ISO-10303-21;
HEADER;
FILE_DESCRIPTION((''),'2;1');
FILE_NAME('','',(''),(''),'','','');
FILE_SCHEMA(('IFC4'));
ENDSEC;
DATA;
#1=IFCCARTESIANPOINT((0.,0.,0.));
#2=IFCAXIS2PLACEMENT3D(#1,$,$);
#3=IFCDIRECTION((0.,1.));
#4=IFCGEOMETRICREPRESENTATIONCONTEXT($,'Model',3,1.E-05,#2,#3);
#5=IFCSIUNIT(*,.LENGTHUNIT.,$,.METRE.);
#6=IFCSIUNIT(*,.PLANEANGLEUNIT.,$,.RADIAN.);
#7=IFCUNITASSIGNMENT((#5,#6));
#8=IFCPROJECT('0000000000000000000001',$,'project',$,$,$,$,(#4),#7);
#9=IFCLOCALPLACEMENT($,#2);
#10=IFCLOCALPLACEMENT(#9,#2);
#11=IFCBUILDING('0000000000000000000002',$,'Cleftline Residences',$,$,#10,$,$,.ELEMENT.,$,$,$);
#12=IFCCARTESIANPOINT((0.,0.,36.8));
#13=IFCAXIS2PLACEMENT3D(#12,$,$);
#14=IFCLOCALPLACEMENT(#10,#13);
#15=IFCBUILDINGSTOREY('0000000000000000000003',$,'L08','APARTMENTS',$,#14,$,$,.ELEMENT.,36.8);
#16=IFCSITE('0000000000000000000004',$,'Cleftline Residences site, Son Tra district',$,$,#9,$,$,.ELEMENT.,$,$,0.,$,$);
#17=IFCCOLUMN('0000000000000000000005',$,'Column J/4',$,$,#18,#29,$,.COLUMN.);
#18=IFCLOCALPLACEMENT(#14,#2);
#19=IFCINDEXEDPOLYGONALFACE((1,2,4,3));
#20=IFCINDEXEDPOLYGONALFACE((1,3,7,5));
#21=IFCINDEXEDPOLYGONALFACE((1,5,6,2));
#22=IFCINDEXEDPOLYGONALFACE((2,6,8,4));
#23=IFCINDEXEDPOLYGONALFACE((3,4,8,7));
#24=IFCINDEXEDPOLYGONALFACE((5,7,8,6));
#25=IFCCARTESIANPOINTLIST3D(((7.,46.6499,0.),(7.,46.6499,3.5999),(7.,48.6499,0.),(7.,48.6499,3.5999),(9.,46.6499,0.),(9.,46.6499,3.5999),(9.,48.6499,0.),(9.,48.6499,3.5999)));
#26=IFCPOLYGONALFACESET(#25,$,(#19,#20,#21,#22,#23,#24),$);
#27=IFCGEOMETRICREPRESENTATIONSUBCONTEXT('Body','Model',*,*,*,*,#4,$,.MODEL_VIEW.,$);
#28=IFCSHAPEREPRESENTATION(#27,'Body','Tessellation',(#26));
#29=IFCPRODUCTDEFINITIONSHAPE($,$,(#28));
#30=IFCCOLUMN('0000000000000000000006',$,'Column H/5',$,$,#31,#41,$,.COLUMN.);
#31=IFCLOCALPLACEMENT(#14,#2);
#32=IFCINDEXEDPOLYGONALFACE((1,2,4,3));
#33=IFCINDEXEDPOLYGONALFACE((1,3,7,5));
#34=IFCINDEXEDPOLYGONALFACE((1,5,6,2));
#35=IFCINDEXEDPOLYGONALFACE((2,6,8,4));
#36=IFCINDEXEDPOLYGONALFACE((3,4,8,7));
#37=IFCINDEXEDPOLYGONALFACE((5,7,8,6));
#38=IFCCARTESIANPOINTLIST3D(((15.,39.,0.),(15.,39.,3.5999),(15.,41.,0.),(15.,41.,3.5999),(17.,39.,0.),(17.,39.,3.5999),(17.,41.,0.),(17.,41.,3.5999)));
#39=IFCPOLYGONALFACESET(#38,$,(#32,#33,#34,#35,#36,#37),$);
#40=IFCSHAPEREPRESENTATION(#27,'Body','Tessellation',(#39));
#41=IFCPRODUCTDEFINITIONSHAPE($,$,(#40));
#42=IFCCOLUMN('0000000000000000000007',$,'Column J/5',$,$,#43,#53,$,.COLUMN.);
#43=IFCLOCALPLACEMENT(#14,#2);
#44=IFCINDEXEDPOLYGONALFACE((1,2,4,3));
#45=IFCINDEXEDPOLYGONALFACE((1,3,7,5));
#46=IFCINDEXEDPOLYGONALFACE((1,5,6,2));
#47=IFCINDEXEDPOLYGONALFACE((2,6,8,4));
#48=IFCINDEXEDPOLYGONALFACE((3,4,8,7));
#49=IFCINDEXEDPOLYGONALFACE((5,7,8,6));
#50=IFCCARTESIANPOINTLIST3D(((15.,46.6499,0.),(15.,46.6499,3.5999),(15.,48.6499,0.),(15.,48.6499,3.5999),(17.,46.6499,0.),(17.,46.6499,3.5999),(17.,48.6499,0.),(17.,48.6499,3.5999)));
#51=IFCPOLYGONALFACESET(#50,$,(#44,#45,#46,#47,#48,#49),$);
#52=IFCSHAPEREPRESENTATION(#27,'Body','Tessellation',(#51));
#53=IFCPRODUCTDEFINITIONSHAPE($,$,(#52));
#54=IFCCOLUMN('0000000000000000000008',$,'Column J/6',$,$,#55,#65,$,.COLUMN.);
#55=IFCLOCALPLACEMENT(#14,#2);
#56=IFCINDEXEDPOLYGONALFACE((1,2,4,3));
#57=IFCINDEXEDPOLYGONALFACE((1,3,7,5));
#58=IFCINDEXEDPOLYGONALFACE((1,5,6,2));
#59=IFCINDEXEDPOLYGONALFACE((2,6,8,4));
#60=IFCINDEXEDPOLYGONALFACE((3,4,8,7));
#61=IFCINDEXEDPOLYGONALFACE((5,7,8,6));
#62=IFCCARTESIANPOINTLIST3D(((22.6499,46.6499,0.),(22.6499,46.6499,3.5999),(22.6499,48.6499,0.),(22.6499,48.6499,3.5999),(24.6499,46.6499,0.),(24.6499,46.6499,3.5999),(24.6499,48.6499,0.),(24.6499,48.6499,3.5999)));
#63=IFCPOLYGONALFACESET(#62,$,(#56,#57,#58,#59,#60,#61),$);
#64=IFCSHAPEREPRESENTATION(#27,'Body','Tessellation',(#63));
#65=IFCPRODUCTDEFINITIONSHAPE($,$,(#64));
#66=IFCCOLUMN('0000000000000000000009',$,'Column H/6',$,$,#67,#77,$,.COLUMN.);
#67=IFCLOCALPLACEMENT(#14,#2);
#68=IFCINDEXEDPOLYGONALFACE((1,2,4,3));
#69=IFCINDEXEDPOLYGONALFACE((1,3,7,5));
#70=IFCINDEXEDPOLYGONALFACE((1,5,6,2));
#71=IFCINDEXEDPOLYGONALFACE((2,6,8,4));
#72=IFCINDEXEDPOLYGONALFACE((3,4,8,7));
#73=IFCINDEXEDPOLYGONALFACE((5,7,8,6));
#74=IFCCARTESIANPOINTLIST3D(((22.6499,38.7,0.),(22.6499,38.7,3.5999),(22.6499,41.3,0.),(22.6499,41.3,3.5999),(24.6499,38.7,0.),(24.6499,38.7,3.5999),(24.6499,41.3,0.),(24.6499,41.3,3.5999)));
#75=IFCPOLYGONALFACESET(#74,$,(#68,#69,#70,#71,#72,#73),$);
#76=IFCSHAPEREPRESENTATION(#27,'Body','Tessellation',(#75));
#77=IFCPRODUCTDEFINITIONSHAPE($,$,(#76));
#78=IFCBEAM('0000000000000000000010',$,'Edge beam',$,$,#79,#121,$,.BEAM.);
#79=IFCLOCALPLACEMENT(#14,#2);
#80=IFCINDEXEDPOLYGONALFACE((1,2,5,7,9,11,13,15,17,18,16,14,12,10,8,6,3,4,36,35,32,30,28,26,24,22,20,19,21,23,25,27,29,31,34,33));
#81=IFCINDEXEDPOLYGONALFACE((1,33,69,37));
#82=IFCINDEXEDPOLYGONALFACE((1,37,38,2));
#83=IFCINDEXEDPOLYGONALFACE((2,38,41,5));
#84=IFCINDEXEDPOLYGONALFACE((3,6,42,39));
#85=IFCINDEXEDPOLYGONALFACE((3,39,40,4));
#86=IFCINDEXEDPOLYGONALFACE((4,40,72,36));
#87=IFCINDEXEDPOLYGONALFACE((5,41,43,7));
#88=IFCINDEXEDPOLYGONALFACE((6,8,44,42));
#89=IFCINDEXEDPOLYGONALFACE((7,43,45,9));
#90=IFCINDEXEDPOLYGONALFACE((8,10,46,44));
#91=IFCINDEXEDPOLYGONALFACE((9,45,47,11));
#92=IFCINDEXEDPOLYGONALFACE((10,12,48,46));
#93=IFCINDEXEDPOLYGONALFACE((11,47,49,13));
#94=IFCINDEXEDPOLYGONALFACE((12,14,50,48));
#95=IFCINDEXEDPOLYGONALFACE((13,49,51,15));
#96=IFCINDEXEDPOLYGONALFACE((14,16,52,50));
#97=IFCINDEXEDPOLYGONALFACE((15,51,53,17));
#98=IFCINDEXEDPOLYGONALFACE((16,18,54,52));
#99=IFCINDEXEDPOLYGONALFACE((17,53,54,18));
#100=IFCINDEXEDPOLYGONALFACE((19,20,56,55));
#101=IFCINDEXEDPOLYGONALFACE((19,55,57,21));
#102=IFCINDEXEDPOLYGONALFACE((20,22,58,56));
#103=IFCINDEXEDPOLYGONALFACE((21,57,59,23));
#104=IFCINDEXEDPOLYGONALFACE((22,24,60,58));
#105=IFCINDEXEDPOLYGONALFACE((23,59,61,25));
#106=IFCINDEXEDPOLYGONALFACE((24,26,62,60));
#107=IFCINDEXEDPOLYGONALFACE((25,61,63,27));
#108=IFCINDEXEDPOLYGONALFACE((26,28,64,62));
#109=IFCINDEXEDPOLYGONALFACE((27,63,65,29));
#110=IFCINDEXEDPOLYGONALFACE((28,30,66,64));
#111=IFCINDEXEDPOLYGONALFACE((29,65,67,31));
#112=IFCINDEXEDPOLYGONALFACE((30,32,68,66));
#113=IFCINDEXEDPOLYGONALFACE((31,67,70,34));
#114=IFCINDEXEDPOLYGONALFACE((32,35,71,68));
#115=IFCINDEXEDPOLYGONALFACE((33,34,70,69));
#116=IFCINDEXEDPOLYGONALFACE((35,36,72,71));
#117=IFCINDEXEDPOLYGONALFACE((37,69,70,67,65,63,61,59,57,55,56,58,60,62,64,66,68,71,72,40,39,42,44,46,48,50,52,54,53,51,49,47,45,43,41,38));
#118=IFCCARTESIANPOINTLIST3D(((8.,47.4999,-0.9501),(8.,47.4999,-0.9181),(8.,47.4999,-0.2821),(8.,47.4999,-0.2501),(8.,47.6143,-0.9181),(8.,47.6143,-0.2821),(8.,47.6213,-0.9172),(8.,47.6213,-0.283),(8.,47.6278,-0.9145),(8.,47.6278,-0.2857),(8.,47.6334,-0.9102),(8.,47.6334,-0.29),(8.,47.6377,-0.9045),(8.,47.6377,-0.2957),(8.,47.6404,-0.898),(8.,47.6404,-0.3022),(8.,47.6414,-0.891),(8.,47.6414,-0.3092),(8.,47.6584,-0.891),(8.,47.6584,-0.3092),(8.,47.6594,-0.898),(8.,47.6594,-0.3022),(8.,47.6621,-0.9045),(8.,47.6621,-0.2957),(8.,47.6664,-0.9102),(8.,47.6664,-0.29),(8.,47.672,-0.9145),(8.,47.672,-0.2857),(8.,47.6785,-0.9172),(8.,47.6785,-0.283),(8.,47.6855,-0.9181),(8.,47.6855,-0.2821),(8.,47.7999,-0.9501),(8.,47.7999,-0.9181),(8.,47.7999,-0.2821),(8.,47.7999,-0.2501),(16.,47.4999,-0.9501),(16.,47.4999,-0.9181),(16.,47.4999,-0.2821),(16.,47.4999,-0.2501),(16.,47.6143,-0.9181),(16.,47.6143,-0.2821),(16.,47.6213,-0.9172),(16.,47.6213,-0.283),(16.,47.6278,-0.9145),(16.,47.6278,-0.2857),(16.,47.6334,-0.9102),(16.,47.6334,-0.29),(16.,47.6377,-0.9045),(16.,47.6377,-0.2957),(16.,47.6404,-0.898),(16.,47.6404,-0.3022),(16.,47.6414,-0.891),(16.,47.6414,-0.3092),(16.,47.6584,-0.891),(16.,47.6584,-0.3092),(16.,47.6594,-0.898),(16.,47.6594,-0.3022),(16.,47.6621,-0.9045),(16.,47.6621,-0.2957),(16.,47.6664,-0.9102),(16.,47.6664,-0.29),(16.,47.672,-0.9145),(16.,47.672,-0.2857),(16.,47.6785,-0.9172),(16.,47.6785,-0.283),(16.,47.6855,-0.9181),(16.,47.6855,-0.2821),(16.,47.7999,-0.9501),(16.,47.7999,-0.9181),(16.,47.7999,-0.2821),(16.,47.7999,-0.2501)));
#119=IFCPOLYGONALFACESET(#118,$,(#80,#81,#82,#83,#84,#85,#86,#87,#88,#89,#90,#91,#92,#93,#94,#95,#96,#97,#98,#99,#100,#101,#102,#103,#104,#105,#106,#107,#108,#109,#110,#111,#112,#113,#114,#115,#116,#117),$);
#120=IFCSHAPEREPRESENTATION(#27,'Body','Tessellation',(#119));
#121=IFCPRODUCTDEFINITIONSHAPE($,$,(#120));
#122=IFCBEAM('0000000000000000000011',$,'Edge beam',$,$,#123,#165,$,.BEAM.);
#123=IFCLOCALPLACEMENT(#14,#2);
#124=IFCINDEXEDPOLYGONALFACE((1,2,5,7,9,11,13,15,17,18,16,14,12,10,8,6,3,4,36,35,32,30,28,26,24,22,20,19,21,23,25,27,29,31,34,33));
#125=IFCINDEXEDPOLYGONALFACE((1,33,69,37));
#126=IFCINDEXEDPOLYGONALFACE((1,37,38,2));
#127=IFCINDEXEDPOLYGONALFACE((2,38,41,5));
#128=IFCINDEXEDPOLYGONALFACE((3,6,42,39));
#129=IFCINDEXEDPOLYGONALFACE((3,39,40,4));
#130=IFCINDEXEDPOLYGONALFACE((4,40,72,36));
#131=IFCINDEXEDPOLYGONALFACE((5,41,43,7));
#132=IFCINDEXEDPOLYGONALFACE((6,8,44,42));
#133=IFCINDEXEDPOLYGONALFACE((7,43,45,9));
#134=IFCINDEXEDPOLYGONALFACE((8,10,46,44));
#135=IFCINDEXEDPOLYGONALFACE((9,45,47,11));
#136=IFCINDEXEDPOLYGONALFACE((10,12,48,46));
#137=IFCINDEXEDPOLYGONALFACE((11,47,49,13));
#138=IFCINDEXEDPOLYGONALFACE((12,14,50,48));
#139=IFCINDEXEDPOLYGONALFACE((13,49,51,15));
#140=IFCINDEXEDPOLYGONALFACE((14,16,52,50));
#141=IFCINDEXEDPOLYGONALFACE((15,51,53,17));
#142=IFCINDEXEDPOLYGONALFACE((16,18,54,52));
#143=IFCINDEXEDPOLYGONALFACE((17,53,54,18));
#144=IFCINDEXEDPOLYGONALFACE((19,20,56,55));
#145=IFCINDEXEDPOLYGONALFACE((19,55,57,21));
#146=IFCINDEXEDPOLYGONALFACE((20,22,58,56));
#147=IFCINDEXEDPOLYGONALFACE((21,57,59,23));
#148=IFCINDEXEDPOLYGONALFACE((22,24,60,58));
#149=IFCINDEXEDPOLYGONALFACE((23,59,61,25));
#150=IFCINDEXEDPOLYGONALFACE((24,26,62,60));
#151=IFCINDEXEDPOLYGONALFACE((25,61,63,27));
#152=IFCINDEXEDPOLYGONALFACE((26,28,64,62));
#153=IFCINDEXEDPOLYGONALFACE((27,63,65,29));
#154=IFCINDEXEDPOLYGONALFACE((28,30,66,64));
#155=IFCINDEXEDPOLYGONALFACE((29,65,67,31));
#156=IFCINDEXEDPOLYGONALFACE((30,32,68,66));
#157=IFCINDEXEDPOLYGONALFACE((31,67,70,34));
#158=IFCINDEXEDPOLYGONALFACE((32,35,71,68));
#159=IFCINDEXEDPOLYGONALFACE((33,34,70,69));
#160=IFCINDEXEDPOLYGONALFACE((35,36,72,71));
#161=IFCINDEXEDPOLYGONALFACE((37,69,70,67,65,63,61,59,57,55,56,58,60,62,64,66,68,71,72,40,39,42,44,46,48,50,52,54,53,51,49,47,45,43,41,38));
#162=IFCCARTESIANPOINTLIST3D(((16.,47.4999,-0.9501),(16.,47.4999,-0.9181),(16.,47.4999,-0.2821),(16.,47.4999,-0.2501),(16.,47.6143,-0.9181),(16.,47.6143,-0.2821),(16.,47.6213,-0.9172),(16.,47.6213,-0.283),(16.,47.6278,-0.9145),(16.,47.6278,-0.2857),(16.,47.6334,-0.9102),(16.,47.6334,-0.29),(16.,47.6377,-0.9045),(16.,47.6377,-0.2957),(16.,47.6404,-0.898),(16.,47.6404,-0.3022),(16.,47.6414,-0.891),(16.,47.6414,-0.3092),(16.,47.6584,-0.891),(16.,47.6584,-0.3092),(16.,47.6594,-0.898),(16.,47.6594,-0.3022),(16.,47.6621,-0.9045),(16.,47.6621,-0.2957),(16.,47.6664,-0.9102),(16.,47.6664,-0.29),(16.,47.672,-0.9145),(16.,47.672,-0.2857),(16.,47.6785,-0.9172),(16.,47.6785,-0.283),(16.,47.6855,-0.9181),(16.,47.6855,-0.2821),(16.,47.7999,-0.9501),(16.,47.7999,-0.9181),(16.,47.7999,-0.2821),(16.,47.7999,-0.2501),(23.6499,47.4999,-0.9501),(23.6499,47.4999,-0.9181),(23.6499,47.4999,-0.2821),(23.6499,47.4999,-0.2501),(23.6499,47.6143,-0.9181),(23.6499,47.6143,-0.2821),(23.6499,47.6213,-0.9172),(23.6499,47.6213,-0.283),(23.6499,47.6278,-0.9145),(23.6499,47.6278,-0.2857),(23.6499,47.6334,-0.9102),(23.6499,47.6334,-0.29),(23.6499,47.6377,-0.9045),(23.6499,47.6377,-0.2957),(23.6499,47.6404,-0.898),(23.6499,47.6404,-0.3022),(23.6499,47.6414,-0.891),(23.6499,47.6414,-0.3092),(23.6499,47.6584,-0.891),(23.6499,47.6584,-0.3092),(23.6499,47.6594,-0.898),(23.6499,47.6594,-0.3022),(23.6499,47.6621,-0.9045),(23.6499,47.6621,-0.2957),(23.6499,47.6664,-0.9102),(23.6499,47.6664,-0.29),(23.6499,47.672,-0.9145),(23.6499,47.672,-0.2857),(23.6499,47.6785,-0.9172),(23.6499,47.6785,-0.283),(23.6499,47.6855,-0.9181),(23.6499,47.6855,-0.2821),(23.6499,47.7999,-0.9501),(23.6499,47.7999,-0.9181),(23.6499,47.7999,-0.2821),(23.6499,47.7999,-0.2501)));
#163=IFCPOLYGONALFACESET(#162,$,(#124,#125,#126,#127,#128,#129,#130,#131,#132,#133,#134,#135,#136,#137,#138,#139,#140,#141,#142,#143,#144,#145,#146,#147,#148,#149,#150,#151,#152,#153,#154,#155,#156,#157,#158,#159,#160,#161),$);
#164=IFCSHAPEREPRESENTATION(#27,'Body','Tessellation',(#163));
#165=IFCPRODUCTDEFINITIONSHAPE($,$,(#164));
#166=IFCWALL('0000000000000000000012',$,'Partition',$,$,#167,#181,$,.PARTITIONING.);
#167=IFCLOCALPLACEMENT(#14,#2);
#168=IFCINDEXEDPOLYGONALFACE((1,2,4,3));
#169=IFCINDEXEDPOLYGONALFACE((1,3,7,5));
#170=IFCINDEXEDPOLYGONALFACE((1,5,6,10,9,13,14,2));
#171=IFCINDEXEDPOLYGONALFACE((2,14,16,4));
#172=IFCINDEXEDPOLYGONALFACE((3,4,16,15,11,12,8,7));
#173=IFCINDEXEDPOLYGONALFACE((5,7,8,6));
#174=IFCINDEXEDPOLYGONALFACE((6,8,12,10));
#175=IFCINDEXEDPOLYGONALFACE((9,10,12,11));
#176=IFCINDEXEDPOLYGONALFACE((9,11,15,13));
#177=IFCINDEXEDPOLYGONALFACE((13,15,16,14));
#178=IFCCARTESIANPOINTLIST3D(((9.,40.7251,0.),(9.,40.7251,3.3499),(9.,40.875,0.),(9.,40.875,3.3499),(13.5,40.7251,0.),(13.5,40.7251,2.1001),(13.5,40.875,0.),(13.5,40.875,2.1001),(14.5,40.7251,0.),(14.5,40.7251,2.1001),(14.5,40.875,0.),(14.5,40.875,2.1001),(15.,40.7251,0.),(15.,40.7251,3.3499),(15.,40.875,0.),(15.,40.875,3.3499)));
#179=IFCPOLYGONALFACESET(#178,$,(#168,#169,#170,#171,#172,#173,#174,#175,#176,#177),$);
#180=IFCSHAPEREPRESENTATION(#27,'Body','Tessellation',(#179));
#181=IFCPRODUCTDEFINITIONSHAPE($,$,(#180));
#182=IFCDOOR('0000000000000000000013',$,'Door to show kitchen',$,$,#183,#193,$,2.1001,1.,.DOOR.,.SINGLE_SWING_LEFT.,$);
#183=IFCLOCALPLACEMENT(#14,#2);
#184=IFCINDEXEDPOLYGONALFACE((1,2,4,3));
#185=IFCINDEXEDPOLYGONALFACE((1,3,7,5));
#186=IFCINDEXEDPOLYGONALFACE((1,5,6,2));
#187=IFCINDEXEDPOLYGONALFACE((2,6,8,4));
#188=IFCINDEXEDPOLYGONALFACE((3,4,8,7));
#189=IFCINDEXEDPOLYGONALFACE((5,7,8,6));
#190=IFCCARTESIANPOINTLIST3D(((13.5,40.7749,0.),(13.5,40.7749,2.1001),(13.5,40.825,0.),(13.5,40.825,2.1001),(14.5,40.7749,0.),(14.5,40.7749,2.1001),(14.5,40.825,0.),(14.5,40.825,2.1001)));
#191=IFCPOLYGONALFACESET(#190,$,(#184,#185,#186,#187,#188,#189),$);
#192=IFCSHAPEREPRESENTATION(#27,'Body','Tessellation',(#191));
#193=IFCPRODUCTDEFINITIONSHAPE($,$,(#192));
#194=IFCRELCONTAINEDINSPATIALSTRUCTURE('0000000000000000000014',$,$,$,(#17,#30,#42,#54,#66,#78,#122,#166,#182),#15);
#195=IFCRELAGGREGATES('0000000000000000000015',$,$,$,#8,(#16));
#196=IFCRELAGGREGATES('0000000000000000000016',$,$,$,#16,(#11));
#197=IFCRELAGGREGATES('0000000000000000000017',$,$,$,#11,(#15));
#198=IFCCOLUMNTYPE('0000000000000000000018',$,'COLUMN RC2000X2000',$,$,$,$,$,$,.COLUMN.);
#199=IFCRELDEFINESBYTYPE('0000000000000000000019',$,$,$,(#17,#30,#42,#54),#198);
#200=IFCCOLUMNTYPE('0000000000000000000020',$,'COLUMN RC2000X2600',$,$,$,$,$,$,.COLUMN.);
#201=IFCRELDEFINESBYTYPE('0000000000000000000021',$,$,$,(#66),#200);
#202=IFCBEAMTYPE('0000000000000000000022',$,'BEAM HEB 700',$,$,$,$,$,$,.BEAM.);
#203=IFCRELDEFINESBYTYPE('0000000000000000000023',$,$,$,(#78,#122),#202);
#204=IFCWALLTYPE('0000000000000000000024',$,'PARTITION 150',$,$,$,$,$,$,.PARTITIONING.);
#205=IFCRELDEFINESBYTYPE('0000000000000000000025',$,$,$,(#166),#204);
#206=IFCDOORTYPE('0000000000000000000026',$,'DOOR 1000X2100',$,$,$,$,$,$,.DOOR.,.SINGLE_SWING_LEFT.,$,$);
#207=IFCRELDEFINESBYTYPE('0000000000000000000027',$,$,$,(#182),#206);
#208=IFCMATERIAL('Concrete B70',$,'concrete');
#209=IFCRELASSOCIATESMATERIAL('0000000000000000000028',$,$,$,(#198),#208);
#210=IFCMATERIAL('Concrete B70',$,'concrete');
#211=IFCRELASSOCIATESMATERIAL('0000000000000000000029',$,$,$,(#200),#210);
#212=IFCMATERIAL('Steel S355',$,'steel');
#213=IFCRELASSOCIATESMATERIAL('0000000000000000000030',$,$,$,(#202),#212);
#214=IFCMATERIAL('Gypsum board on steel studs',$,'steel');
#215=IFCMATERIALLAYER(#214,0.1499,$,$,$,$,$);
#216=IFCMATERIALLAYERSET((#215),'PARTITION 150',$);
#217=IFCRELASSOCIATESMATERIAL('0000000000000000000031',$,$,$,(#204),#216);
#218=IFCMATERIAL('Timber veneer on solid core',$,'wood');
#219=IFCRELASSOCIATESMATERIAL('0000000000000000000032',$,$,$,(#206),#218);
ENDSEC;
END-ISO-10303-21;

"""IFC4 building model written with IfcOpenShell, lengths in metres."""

from ifc_helpers import new_model, si_unit, direction, frame, frame_2d, origin, origin_2d, place, context, subcontext, project, spatial, rectangle, i_section, extrude, material, layer, layer_set, material_profile, profile_set, type_object, element, fill, save


model = new_model("IFC4")

# Units and contexts
model_context = context("Model", 3, precision=1e-05, world=origin(), true_north=direction((0.0, 1.0)))
body_context = subcontext(model_context, "Body", "Model", "MODEL_VIEW")
ifc_project = project(units=[si_unit("LENGTHUNIT", "METRE"), si_unit("PLANEANGLEUNIT", "RADIAN")], contexts=[model_context])

# Site, building, storey
site_placement = place(None, origin())
site = spatial("IfcSite", under=ifc_project, at=site_placement, Name="Cleftline Residences site, Son Tra district", CompositionType="ELEMENT", RefElevation=0.0)
building_placement = place(site_placement, origin())
building = spatial("IfcBuilding", under=site, at=building_placement, Name="Cleftline Residences", CompositionType="ELEMENT")
storey_placement = place(building_placement, frame((0.0, 0.0, 36.8)))
storey = spatial("IfcBuildingStorey", under=building, at=storey_placement, Name="L08", Description="APARTMENTS", CompositionType="ELEMENT", Elevation=36.8)

# Columns
ifc_material_1 = material(Name="Concrete B70", Category="concrete")
ifc_material_profile_1 = material_profile(ifc_material_1, rectangle(XDim=2.0, YDim=2.0, at=origin_2d()))
ifc_profile_set_1 = profile_set([ifc_material_profile_1], Name="Concrete B70")
column_type_1 = type_object("IfcColumnType", Name="COLUMN RC2000X2000", PredefinedType="COLUMN", material=ifc_profile_set_1)
for number, where, z_axis, x_axis, name in (
    (1, (8.0, 47.6499, 0.0), (0.0, 0.0, 1.0), (1.0, 0.0, 0.0), "Column J/4"),
    (2, (16.0, 40.0, 0.0), (0.0, 0.0, 1.0), (1.0, 0.0, 0.0), "Column H/5"),
    (3, (16.0, 47.6499, 0.0), (0.0, 0.0, 1.0), (1.0, 0.0, 0.0), "Column J/5"),
    (4, (23.6499, 47.6499, 0.0), (0.0, 0.0, 1.0), (1.0, 0.0, 0.0), "Column J/6"),
):
    element("IfcColumn", number, at=place(storey_placement, frame(where, z_axis=z_axis, x_axis=x_axis)), inside=storey, type_object=column_type_1, Name=name, PredefinedType="COLUMN", context=body_context, shape_type="SweptSolid", body=[
        extrude(rectangle(XDim=2.0, YDim=2.0, at=origin_2d()), origin(), (0.0, 0.0, 1.0), 3.5999),
    ])
ifc_material_2 = material(Name="Concrete B70", Category="concrete")
ifc_material_profile_2 = material_profile(ifc_material_2, rectangle(XDim=2.0, YDim=2.6001, at=origin_2d()))
ifc_profile_set_2 = profile_set([ifc_material_profile_2], Name="Concrete B70")
column_type_2 = type_object("IfcColumnType", Name="COLUMN RC2000X2600", PredefinedType="COLUMN", material=ifc_profile_set_2)
column_placement = place(storey_placement, frame((23.6499, 40.0, 0.0), z_axis=(0.0, 0.0, 1.0), x_axis=(1.0, 0.0, 0.0)))
element("IfcColumn", 5, at=column_placement, inside=storey, type_object=column_type_2, Name="Column H/6", PredefinedType="COLUMN", context=body_context, shape_type="SweptSolid", body=[
    extrude(rectangle(XDim=2.0, YDim=2.6001, at=origin_2d()), origin(), (0.0, 0.0, 1.0), 3.5999),
])

# Beams
ifc_material_3 = material(Name="Steel S355", Category="steel")
ifc_material_profile_3 = material_profile(ifc_material_3, i_section(OverallWidth=0.3, OverallDepth=0.7, WebThickness=0.0171, FlangeThickness=0.032, FilletRadius=0.0271, at=origin_2d()))
ifc_profile_set_3 = profile_set([ifc_material_profile_3], Name="Steel S355")
beam_type = type_object("IfcBeamType", Name="BEAM HEB 700", PredefinedType="BEAM", material=ifc_profile_set_3)
beam_1_placement = place(storey_placement, frame((8.0, 47.6499, -0.6001), z_axis=(1.0, 0.0, 0.0), x_axis=(0.0, 1.0, 0.0)))
element("IfcBeam", 6, at=beam_1_placement, inside=storey, type_object=beam_type, Name="Edge beam", PredefinedType="BEAM", context=body_context, shape_type="SweptSolid", body=[
    extrude(i_section(OverallWidth=0.3, OverallDepth=0.7, WebThickness=0.0171, FlangeThickness=0.032, FilletRadius=0.0271, at=origin_2d()), origin(), (0.0, 0.0, 1.0), 8.0),
])
beam_2_placement = place(storey_placement, frame((16.0, 47.6499, -0.6001), z_axis=(1.0, 0.0, 0.0), x_axis=(0.0, 1.0, 0.0)))
element("IfcBeam", 7, at=beam_2_placement, inside=storey, type_object=beam_type, Name="Edge beam", PredefinedType="BEAM", context=body_context, shape_type="SweptSolid", body=[
    extrude(i_section(OverallWidth=0.3, OverallDepth=0.7, WebThickness=0.0171, FlangeThickness=0.032, FilletRadius=0.0271, at=origin_2d()), origin(), (0.0, 0.0, 1.0), 7.6499),
])

# Wall, opening, door
ifc_material_4 = material(Name="Gypsum board on steel studs", Category="steel")
ifc_layer = layer(ifc_material_4, 0.1499)
ifc_layer_set = layer_set([ifc_layer], Name="PARTITION 150")
wall_type = type_object("IfcWallType", Name="PARTITION 150", PredefinedType="PARTITIONING", material=ifc_layer_set)
wall_1_placement = place(storey_placement, frame((9.0, 40.8, 0.0), z_axis=(0.0, 0.0, 1.0), x_axis=(1.0, 0.0, 0.0)))
wall_1 = element("IfcWall", 8, at=wall_1_placement, inside=storey, type_object=wall_type, Name="Partition", PredefinedType="PARTITIONING", context=body_context, shape_type="SweptSolid", body=[
    extrude(rectangle(XDim=6.0, YDim=0.1499, at=frame_2d((3.0, 0.0))), origin(), (0.0, 0.0, 1.0), 3.3499),
])
opening_1_placement = place(wall_1_placement, frame((4.5, 0.0, 0.0)))
opening_1 = element("IfcOpeningElement", 9, at=opening_1_placement, cuts=wall_1, PredefinedType="OPENING", context=body_context, shape_type="SweptSolid", body=[
    extrude(rectangle(XDim=1.0, YDim=2.1001, at=frame_2d((0.5, 1.05))), frame((0.0, 0.085, 0.0), z_axis=(0.0, -1.0, 0.0), x_axis=(1.0, 0.0, 0.0)), (0.0, 0.0, 1.0), 0.1699),
])
ifc_material_5 = material(Name="Timber veneer on solid core", Category="wood")
door_type_1 = type_object("IfcDoorType", Name="DOOR 1000X2100", OperationType="SINGLE_SWING_LEFT", PredefinedType="DOOR", material=ifc_material_5)
door_1_placement = place(opening_1_placement, origin())
door_1 = element("IfcDoor", 10, at=door_1_placement, inside=storey, type_object=door_type_1, Name="Door to show kitchen", OperationType="SINGLE_SWING_LEFT", OverallHeight=2.1001, OverallWidth=1.0, PredefinedType="DOOR", context=body_context, shape_type="SweptSolid", body=[
    extrude(rectangle(XDim=1.0, YDim=2.1001, at=frame_2d((0.5, 1.05))), frame((0.0, 0.0249, 0.0), z_axis=(0.0, -1.0, 0.0), x_axis=(1.0, 0.0, 0.0)), (0.0, 0.0, 1.0), 0.05),
])
fill(opening_1, door_1)

save(model, "model.ifc")
